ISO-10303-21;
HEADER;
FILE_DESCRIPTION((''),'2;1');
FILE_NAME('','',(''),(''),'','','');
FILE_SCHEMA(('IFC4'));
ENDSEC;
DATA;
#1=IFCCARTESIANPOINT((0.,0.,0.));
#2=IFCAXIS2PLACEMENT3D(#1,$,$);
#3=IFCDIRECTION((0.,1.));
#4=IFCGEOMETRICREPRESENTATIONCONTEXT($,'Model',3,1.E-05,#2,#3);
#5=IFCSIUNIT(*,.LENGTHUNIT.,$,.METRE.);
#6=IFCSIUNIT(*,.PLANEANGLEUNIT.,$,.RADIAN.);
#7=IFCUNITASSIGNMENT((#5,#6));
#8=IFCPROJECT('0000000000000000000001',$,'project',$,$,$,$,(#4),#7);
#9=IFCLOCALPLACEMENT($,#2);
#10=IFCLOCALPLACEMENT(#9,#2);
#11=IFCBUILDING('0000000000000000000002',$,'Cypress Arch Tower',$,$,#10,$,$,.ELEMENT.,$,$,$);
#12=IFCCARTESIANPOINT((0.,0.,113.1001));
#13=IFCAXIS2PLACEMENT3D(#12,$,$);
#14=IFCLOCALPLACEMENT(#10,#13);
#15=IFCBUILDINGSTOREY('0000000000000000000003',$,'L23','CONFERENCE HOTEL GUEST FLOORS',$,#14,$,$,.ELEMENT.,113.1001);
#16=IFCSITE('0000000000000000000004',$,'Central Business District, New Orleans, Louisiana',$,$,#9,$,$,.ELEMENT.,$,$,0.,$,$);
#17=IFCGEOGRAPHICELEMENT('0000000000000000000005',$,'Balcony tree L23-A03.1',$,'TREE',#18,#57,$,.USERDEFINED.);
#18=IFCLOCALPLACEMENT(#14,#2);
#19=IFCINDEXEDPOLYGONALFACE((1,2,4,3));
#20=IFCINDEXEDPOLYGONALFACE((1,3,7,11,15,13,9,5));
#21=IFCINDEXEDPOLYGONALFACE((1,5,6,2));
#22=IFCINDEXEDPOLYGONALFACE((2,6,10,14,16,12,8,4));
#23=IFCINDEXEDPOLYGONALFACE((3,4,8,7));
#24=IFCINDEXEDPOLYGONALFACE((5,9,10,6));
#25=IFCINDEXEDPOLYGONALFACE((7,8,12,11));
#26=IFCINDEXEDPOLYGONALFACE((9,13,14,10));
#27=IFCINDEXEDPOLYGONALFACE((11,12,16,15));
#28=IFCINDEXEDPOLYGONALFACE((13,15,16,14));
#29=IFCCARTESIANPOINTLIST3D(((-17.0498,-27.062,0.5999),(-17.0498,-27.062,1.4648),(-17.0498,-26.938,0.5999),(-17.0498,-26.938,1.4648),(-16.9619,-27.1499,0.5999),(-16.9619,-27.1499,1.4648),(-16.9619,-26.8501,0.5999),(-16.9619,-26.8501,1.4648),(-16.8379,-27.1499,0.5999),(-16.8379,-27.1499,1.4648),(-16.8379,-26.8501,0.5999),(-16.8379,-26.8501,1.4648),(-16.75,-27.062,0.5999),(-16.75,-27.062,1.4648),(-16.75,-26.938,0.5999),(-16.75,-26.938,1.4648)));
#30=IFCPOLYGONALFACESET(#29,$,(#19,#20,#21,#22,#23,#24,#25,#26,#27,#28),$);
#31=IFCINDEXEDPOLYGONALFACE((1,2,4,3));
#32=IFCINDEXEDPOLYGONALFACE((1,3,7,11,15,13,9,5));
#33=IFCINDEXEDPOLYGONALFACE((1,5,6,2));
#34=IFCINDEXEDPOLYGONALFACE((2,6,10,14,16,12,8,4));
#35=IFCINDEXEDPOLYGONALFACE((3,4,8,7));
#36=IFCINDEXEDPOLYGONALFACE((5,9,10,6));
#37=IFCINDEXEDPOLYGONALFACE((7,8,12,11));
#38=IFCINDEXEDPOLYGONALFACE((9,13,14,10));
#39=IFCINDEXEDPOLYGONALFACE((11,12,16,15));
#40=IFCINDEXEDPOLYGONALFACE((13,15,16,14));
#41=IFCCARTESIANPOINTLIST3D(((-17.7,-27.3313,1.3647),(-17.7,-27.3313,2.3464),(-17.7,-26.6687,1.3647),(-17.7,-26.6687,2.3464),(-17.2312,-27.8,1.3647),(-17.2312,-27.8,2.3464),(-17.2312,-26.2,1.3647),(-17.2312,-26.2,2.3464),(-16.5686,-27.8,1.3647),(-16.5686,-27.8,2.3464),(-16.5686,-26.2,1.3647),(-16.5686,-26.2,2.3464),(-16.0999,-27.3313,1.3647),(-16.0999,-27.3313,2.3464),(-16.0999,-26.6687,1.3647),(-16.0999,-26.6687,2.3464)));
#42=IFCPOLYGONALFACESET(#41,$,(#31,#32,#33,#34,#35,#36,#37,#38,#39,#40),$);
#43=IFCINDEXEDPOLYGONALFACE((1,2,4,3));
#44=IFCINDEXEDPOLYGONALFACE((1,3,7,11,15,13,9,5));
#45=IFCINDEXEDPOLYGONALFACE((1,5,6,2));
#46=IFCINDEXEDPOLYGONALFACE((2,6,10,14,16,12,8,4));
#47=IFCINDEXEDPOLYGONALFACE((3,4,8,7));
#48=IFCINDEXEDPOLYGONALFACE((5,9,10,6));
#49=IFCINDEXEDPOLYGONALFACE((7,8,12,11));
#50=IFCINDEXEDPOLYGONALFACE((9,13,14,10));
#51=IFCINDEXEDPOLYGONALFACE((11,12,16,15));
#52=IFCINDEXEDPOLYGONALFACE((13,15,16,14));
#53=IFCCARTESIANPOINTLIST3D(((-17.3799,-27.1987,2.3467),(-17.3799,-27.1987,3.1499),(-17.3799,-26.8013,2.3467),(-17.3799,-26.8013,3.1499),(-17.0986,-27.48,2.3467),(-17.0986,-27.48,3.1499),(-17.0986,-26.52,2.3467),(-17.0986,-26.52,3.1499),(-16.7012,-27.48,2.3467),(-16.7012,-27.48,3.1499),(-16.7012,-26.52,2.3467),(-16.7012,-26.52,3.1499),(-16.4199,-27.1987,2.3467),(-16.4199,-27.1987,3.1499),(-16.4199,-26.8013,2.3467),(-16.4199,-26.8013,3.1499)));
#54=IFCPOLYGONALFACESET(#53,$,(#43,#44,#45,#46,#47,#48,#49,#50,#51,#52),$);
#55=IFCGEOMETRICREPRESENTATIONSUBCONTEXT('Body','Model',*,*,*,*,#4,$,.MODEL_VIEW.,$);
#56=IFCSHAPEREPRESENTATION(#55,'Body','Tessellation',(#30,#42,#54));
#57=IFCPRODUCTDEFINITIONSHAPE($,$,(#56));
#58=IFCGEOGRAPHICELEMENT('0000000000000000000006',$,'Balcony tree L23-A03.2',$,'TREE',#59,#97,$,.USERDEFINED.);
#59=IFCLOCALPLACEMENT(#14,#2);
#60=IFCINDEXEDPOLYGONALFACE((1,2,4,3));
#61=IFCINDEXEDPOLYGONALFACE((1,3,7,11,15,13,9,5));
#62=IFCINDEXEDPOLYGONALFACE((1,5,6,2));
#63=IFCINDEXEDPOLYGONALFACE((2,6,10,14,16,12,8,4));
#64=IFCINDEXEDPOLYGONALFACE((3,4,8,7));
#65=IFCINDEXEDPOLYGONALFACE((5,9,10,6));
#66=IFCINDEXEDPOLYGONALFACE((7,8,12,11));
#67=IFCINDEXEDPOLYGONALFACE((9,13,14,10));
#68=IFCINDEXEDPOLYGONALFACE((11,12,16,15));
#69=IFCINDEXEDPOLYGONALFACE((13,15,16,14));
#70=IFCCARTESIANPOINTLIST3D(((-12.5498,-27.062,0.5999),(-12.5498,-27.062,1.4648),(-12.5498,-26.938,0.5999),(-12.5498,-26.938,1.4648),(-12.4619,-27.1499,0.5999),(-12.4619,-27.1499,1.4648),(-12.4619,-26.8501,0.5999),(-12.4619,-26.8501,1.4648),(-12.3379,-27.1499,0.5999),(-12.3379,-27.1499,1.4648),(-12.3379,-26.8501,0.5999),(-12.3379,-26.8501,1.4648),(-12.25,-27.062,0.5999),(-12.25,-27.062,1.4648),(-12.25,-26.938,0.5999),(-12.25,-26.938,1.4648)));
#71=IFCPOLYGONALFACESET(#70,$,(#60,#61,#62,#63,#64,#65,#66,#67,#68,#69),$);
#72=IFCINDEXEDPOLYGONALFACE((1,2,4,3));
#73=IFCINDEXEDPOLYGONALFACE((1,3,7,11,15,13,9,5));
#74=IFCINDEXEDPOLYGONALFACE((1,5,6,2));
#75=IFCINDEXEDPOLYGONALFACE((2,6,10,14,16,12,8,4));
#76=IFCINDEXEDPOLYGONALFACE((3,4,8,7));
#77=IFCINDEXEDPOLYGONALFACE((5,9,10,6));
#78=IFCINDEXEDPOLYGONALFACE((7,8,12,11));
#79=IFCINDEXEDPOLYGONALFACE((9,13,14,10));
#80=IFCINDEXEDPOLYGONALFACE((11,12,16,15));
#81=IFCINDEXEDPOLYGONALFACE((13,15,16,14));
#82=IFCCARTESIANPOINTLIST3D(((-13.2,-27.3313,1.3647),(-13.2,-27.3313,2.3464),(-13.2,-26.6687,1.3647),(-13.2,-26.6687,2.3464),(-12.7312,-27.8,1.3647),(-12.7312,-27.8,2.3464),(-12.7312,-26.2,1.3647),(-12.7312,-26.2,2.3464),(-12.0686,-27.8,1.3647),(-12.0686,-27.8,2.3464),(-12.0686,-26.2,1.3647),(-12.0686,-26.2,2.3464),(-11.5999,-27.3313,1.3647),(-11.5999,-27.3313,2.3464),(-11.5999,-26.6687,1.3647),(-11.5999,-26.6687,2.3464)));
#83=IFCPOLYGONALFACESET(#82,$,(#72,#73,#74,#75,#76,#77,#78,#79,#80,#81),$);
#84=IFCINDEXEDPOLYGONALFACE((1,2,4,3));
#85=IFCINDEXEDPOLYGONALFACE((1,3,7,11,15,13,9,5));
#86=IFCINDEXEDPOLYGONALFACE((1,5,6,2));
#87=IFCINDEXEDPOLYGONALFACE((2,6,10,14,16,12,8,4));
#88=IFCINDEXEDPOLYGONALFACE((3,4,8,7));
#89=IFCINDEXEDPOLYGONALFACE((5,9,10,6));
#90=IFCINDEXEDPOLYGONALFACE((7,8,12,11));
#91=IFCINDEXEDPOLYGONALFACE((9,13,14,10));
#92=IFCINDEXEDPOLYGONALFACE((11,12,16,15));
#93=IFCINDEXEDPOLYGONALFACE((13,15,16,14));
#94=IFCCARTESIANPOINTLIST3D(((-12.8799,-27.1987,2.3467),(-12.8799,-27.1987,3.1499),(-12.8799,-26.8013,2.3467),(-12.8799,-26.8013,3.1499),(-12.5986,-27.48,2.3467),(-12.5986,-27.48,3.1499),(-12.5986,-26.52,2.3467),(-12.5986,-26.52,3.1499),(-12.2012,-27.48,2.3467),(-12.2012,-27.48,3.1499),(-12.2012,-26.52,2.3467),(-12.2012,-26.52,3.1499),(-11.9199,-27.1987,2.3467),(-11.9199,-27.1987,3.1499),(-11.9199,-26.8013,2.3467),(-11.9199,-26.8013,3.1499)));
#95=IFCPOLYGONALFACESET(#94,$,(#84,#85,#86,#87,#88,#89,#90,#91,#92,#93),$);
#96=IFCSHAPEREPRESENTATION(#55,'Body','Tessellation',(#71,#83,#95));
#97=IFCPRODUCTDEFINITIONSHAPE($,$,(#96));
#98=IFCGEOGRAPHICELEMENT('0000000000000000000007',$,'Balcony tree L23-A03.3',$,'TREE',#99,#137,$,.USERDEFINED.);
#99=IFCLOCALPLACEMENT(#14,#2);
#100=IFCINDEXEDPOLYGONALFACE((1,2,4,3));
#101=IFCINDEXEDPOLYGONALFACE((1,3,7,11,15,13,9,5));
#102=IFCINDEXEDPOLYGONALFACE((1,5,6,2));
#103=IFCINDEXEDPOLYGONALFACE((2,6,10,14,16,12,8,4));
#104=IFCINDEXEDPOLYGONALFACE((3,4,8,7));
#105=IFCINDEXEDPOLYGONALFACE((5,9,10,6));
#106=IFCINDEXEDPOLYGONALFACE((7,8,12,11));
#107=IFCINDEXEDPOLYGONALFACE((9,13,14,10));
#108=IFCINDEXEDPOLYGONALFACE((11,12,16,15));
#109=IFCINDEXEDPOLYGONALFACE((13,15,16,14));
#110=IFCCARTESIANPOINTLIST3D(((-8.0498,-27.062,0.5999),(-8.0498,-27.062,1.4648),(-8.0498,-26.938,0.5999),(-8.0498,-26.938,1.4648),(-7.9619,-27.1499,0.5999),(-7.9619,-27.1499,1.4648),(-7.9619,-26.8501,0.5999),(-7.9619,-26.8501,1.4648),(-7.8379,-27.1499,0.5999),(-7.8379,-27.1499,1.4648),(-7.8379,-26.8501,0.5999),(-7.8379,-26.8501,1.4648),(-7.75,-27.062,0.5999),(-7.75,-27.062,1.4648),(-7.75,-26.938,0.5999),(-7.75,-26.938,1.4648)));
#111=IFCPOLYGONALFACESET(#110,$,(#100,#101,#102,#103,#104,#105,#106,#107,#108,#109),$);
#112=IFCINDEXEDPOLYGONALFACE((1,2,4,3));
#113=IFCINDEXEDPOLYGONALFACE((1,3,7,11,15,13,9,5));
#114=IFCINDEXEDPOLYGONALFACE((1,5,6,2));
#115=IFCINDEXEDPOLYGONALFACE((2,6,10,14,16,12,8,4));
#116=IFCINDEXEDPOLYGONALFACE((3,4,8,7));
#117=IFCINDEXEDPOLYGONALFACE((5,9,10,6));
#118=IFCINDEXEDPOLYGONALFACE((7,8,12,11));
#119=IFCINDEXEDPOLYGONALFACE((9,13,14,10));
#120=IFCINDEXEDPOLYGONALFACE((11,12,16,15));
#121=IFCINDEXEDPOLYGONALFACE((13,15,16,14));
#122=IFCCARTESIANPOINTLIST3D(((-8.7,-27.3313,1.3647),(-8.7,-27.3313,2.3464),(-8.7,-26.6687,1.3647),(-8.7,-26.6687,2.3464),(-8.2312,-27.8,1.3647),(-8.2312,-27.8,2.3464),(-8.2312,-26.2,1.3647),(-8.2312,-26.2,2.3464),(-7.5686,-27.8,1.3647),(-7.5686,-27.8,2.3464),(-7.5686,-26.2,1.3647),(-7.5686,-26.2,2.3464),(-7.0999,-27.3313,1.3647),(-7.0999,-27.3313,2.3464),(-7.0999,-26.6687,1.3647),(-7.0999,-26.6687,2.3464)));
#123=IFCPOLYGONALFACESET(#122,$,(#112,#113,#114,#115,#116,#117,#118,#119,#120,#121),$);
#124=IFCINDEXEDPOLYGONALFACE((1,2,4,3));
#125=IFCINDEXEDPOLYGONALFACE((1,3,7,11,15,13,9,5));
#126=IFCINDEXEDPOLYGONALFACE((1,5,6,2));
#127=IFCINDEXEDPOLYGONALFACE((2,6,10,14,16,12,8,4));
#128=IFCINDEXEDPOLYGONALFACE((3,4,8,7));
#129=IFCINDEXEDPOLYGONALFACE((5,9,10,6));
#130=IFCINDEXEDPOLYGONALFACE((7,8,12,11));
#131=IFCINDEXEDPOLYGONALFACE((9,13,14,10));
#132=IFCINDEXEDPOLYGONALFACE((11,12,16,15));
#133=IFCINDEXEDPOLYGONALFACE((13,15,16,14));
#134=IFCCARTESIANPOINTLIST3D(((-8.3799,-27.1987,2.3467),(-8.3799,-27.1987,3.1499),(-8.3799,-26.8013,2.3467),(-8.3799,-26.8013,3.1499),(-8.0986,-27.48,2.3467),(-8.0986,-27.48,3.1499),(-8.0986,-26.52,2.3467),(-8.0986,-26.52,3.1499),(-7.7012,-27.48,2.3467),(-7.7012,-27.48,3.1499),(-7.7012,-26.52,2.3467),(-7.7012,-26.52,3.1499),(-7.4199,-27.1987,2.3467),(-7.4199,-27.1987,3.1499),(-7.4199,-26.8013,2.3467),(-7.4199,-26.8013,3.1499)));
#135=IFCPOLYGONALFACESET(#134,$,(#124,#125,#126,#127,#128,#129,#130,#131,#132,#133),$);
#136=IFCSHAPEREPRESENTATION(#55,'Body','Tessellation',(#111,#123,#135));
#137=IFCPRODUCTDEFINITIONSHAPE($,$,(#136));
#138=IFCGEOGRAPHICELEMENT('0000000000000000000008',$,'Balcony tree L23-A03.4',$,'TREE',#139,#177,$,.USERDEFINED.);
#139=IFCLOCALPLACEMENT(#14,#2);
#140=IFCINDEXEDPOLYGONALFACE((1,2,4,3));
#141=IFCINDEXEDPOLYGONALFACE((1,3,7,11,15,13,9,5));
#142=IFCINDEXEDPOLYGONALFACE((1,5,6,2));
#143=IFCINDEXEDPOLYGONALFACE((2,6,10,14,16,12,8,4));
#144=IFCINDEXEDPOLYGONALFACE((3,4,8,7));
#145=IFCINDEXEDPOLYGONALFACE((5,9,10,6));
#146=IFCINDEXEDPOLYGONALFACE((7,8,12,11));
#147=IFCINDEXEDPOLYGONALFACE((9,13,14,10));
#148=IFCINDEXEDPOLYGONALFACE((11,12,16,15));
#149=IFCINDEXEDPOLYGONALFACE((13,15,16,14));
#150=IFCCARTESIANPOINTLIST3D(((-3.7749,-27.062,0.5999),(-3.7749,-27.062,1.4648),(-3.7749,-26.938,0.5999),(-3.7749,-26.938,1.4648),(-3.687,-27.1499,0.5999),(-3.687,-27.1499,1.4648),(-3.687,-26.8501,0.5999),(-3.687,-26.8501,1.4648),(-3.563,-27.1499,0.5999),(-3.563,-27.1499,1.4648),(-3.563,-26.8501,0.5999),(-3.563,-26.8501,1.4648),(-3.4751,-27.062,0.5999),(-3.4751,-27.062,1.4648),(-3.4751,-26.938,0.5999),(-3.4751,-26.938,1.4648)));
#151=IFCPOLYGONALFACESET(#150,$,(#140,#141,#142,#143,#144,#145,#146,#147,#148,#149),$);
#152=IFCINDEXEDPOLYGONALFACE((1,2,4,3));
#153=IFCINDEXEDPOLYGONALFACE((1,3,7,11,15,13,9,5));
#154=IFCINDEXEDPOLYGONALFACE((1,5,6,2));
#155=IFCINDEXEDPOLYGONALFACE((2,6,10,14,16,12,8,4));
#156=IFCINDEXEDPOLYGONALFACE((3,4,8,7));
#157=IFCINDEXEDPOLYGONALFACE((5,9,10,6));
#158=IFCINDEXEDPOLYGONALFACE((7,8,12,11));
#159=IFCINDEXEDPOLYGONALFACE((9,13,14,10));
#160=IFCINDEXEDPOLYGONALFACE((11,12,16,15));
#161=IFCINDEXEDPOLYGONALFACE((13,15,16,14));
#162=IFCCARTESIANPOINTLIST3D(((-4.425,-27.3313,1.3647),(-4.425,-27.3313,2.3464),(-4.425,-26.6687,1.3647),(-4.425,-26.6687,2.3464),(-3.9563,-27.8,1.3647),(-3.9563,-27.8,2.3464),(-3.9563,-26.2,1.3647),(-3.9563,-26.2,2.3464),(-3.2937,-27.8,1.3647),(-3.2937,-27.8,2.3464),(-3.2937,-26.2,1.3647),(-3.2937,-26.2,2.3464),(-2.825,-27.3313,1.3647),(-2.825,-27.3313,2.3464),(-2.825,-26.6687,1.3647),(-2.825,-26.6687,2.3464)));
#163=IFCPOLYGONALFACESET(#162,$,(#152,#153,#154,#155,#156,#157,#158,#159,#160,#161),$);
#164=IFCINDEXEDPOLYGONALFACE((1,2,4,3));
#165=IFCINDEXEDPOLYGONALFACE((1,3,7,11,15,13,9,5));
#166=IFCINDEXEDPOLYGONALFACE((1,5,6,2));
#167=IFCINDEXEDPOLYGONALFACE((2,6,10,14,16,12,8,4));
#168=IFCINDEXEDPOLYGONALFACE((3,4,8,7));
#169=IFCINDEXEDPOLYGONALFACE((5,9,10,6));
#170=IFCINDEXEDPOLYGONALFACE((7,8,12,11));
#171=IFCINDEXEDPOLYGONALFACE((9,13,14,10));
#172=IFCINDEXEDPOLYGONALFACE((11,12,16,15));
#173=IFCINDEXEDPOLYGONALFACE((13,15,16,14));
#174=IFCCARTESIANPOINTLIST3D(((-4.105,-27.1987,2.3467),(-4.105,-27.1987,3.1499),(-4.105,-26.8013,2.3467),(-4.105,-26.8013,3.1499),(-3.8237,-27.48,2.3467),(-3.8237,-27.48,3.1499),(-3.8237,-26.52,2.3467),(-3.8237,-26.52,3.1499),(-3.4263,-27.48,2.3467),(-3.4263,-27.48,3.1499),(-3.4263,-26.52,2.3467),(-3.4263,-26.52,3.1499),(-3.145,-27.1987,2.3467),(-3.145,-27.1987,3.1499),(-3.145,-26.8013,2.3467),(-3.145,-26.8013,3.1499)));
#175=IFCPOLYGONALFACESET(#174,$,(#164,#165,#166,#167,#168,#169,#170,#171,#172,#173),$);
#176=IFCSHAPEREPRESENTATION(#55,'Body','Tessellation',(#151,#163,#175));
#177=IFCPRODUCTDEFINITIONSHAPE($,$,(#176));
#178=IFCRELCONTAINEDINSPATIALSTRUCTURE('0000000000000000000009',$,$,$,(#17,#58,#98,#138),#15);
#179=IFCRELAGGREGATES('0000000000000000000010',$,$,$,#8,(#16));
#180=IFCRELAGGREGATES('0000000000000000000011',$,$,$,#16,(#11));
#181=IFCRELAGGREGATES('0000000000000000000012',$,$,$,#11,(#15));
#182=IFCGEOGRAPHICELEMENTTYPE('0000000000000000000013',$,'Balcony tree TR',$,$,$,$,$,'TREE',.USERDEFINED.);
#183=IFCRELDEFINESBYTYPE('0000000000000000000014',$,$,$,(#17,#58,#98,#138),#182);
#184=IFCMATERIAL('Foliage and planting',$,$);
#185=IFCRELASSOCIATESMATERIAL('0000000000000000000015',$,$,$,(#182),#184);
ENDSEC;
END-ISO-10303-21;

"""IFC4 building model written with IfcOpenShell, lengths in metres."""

from ifc_helpers import new_model, si_unit, direction, frame, origin, place, context, subcontext, project, spatial, polyline, outline, extrude, material, type_object, element, save


model = new_model("IFC4")

# Units and contexts
model_context = context("Model", 3, precision=1e-05, world=origin(), true_north=direction((0.0, 1.0)))
body_context = subcontext(model_context, "Body", "Model", "MODEL_VIEW")
ifc_project = project(units=[si_unit("LENGTHUNIT", "METRE"), si_unit("PLANEANGLEUNIT", "RADIAN")], contexts=[model_context])

# Site, building, storey
site_placement = place(None, origin())
site = spatial("IfcSite", under=ifc_project, at=site_placement, Name="Central Business District, New Orleans, Louisiana", CompositionType="ELEMENT", RefElevation=0.0)
building_placement = place(site_placement, origin())
building = spatial("IfcBuilding", under=site, at=building_placement, Name="Cypress Arch Tower", CompositionType="ELEMENT")
storey_placement = place(building_placement, frame((0.0, 0.0, 113.1001)))
storey = spatial("IfcBuildingStorey", under=building, at=storey_placement, Name="L23", Description="CONFERENCE HOTEL GUEST FLOORS", CompositionType="ELEMENT", Elevation=113.1001)

# Geographic elements
ifc_material_1 = material(Name="Foliage and planting")
geographic_element_type = type_object("IfcGeographicElementType", Name="Balcony tree TR", ElementType="TREE", PredefinedType="USERDEFINED", material=ifc_material_1)
for number, where, z_axis, x_axis, name in (
    (1, (-16.8999, -27.0, 0.5999), (0.0, 0.0, 1.0), (1.0, 0.0, 0.0), "Balcony tree L23-A03.1"),
    (2, (-12.3999, -27.0, 0.5999), (0.0, 0.0, 1.0), (1.0, 0.0, 0.0), "Balcony tree L23-A03.2"),
    (3, (-7.8999, -27.0, 0.5999), (0.0, 0.0, 1.0), (1.0, 0.0, 0.0), "Balcony tree L23-A03.3"),
    (4, (-3.625, -27.0, 0.5999), (0.0, 0.0, 1.0), (1.0, 0.0, 0.0), "Balcony tree L23-A03.4"),
):
    element("IfcGeographicElement", number, at=place(storey_placement, frame(where, z_axis=z_axis, x_axis=x_axis)), inside=storey, type_object=geographic_element_type, Name=name, ObjectType="TREE", PredefinedType="USERDEFINED", context=body_context, shape_type="SweptSolid", body=[
        extrude(outline(polyline([(0.1499, 0.062), (0.062, 0.1499), (-0.062, 0.1499), (-0.1499, 0.062), (-0.1499, -0.062), (-0.062, -0.1499), (0.062, -0.1499), (0.1499, -0.062), (0.1499, 0.062)])), origin(), (0.0, 0.0, 1.0), 0.865),
        extrude(outline(polyline([(0.8, 0.3313), (0.3313, 0.8), (-0.3313, 0.8), (-0.8, 0.3313), (-0.8, -0.3313), (-0.3313, -0.8), (0.3313, -0.8), (0.8, -0.3313), (0.8, 0.3313)])), frame((0.0, 0.0, 0.7649)), (0.0, 0.0, 1.0), 0.9817),
        extrude(outline(polyline([(0.48, 0.1987), (0.1987, 0.48), (-0.1987, 0.48), (-0.48, 0.1987), (-0.48, -0.1987), (-0.1987, -0.48), (0.1987, -0.48), (0.48, -0.1987), (0.48, 0.1987)])), frame((0.0, 0.0, 1.7468)), (0.0, 0.0, 1.0), 0.8032),
    ])

save(model, "model.ifc")
